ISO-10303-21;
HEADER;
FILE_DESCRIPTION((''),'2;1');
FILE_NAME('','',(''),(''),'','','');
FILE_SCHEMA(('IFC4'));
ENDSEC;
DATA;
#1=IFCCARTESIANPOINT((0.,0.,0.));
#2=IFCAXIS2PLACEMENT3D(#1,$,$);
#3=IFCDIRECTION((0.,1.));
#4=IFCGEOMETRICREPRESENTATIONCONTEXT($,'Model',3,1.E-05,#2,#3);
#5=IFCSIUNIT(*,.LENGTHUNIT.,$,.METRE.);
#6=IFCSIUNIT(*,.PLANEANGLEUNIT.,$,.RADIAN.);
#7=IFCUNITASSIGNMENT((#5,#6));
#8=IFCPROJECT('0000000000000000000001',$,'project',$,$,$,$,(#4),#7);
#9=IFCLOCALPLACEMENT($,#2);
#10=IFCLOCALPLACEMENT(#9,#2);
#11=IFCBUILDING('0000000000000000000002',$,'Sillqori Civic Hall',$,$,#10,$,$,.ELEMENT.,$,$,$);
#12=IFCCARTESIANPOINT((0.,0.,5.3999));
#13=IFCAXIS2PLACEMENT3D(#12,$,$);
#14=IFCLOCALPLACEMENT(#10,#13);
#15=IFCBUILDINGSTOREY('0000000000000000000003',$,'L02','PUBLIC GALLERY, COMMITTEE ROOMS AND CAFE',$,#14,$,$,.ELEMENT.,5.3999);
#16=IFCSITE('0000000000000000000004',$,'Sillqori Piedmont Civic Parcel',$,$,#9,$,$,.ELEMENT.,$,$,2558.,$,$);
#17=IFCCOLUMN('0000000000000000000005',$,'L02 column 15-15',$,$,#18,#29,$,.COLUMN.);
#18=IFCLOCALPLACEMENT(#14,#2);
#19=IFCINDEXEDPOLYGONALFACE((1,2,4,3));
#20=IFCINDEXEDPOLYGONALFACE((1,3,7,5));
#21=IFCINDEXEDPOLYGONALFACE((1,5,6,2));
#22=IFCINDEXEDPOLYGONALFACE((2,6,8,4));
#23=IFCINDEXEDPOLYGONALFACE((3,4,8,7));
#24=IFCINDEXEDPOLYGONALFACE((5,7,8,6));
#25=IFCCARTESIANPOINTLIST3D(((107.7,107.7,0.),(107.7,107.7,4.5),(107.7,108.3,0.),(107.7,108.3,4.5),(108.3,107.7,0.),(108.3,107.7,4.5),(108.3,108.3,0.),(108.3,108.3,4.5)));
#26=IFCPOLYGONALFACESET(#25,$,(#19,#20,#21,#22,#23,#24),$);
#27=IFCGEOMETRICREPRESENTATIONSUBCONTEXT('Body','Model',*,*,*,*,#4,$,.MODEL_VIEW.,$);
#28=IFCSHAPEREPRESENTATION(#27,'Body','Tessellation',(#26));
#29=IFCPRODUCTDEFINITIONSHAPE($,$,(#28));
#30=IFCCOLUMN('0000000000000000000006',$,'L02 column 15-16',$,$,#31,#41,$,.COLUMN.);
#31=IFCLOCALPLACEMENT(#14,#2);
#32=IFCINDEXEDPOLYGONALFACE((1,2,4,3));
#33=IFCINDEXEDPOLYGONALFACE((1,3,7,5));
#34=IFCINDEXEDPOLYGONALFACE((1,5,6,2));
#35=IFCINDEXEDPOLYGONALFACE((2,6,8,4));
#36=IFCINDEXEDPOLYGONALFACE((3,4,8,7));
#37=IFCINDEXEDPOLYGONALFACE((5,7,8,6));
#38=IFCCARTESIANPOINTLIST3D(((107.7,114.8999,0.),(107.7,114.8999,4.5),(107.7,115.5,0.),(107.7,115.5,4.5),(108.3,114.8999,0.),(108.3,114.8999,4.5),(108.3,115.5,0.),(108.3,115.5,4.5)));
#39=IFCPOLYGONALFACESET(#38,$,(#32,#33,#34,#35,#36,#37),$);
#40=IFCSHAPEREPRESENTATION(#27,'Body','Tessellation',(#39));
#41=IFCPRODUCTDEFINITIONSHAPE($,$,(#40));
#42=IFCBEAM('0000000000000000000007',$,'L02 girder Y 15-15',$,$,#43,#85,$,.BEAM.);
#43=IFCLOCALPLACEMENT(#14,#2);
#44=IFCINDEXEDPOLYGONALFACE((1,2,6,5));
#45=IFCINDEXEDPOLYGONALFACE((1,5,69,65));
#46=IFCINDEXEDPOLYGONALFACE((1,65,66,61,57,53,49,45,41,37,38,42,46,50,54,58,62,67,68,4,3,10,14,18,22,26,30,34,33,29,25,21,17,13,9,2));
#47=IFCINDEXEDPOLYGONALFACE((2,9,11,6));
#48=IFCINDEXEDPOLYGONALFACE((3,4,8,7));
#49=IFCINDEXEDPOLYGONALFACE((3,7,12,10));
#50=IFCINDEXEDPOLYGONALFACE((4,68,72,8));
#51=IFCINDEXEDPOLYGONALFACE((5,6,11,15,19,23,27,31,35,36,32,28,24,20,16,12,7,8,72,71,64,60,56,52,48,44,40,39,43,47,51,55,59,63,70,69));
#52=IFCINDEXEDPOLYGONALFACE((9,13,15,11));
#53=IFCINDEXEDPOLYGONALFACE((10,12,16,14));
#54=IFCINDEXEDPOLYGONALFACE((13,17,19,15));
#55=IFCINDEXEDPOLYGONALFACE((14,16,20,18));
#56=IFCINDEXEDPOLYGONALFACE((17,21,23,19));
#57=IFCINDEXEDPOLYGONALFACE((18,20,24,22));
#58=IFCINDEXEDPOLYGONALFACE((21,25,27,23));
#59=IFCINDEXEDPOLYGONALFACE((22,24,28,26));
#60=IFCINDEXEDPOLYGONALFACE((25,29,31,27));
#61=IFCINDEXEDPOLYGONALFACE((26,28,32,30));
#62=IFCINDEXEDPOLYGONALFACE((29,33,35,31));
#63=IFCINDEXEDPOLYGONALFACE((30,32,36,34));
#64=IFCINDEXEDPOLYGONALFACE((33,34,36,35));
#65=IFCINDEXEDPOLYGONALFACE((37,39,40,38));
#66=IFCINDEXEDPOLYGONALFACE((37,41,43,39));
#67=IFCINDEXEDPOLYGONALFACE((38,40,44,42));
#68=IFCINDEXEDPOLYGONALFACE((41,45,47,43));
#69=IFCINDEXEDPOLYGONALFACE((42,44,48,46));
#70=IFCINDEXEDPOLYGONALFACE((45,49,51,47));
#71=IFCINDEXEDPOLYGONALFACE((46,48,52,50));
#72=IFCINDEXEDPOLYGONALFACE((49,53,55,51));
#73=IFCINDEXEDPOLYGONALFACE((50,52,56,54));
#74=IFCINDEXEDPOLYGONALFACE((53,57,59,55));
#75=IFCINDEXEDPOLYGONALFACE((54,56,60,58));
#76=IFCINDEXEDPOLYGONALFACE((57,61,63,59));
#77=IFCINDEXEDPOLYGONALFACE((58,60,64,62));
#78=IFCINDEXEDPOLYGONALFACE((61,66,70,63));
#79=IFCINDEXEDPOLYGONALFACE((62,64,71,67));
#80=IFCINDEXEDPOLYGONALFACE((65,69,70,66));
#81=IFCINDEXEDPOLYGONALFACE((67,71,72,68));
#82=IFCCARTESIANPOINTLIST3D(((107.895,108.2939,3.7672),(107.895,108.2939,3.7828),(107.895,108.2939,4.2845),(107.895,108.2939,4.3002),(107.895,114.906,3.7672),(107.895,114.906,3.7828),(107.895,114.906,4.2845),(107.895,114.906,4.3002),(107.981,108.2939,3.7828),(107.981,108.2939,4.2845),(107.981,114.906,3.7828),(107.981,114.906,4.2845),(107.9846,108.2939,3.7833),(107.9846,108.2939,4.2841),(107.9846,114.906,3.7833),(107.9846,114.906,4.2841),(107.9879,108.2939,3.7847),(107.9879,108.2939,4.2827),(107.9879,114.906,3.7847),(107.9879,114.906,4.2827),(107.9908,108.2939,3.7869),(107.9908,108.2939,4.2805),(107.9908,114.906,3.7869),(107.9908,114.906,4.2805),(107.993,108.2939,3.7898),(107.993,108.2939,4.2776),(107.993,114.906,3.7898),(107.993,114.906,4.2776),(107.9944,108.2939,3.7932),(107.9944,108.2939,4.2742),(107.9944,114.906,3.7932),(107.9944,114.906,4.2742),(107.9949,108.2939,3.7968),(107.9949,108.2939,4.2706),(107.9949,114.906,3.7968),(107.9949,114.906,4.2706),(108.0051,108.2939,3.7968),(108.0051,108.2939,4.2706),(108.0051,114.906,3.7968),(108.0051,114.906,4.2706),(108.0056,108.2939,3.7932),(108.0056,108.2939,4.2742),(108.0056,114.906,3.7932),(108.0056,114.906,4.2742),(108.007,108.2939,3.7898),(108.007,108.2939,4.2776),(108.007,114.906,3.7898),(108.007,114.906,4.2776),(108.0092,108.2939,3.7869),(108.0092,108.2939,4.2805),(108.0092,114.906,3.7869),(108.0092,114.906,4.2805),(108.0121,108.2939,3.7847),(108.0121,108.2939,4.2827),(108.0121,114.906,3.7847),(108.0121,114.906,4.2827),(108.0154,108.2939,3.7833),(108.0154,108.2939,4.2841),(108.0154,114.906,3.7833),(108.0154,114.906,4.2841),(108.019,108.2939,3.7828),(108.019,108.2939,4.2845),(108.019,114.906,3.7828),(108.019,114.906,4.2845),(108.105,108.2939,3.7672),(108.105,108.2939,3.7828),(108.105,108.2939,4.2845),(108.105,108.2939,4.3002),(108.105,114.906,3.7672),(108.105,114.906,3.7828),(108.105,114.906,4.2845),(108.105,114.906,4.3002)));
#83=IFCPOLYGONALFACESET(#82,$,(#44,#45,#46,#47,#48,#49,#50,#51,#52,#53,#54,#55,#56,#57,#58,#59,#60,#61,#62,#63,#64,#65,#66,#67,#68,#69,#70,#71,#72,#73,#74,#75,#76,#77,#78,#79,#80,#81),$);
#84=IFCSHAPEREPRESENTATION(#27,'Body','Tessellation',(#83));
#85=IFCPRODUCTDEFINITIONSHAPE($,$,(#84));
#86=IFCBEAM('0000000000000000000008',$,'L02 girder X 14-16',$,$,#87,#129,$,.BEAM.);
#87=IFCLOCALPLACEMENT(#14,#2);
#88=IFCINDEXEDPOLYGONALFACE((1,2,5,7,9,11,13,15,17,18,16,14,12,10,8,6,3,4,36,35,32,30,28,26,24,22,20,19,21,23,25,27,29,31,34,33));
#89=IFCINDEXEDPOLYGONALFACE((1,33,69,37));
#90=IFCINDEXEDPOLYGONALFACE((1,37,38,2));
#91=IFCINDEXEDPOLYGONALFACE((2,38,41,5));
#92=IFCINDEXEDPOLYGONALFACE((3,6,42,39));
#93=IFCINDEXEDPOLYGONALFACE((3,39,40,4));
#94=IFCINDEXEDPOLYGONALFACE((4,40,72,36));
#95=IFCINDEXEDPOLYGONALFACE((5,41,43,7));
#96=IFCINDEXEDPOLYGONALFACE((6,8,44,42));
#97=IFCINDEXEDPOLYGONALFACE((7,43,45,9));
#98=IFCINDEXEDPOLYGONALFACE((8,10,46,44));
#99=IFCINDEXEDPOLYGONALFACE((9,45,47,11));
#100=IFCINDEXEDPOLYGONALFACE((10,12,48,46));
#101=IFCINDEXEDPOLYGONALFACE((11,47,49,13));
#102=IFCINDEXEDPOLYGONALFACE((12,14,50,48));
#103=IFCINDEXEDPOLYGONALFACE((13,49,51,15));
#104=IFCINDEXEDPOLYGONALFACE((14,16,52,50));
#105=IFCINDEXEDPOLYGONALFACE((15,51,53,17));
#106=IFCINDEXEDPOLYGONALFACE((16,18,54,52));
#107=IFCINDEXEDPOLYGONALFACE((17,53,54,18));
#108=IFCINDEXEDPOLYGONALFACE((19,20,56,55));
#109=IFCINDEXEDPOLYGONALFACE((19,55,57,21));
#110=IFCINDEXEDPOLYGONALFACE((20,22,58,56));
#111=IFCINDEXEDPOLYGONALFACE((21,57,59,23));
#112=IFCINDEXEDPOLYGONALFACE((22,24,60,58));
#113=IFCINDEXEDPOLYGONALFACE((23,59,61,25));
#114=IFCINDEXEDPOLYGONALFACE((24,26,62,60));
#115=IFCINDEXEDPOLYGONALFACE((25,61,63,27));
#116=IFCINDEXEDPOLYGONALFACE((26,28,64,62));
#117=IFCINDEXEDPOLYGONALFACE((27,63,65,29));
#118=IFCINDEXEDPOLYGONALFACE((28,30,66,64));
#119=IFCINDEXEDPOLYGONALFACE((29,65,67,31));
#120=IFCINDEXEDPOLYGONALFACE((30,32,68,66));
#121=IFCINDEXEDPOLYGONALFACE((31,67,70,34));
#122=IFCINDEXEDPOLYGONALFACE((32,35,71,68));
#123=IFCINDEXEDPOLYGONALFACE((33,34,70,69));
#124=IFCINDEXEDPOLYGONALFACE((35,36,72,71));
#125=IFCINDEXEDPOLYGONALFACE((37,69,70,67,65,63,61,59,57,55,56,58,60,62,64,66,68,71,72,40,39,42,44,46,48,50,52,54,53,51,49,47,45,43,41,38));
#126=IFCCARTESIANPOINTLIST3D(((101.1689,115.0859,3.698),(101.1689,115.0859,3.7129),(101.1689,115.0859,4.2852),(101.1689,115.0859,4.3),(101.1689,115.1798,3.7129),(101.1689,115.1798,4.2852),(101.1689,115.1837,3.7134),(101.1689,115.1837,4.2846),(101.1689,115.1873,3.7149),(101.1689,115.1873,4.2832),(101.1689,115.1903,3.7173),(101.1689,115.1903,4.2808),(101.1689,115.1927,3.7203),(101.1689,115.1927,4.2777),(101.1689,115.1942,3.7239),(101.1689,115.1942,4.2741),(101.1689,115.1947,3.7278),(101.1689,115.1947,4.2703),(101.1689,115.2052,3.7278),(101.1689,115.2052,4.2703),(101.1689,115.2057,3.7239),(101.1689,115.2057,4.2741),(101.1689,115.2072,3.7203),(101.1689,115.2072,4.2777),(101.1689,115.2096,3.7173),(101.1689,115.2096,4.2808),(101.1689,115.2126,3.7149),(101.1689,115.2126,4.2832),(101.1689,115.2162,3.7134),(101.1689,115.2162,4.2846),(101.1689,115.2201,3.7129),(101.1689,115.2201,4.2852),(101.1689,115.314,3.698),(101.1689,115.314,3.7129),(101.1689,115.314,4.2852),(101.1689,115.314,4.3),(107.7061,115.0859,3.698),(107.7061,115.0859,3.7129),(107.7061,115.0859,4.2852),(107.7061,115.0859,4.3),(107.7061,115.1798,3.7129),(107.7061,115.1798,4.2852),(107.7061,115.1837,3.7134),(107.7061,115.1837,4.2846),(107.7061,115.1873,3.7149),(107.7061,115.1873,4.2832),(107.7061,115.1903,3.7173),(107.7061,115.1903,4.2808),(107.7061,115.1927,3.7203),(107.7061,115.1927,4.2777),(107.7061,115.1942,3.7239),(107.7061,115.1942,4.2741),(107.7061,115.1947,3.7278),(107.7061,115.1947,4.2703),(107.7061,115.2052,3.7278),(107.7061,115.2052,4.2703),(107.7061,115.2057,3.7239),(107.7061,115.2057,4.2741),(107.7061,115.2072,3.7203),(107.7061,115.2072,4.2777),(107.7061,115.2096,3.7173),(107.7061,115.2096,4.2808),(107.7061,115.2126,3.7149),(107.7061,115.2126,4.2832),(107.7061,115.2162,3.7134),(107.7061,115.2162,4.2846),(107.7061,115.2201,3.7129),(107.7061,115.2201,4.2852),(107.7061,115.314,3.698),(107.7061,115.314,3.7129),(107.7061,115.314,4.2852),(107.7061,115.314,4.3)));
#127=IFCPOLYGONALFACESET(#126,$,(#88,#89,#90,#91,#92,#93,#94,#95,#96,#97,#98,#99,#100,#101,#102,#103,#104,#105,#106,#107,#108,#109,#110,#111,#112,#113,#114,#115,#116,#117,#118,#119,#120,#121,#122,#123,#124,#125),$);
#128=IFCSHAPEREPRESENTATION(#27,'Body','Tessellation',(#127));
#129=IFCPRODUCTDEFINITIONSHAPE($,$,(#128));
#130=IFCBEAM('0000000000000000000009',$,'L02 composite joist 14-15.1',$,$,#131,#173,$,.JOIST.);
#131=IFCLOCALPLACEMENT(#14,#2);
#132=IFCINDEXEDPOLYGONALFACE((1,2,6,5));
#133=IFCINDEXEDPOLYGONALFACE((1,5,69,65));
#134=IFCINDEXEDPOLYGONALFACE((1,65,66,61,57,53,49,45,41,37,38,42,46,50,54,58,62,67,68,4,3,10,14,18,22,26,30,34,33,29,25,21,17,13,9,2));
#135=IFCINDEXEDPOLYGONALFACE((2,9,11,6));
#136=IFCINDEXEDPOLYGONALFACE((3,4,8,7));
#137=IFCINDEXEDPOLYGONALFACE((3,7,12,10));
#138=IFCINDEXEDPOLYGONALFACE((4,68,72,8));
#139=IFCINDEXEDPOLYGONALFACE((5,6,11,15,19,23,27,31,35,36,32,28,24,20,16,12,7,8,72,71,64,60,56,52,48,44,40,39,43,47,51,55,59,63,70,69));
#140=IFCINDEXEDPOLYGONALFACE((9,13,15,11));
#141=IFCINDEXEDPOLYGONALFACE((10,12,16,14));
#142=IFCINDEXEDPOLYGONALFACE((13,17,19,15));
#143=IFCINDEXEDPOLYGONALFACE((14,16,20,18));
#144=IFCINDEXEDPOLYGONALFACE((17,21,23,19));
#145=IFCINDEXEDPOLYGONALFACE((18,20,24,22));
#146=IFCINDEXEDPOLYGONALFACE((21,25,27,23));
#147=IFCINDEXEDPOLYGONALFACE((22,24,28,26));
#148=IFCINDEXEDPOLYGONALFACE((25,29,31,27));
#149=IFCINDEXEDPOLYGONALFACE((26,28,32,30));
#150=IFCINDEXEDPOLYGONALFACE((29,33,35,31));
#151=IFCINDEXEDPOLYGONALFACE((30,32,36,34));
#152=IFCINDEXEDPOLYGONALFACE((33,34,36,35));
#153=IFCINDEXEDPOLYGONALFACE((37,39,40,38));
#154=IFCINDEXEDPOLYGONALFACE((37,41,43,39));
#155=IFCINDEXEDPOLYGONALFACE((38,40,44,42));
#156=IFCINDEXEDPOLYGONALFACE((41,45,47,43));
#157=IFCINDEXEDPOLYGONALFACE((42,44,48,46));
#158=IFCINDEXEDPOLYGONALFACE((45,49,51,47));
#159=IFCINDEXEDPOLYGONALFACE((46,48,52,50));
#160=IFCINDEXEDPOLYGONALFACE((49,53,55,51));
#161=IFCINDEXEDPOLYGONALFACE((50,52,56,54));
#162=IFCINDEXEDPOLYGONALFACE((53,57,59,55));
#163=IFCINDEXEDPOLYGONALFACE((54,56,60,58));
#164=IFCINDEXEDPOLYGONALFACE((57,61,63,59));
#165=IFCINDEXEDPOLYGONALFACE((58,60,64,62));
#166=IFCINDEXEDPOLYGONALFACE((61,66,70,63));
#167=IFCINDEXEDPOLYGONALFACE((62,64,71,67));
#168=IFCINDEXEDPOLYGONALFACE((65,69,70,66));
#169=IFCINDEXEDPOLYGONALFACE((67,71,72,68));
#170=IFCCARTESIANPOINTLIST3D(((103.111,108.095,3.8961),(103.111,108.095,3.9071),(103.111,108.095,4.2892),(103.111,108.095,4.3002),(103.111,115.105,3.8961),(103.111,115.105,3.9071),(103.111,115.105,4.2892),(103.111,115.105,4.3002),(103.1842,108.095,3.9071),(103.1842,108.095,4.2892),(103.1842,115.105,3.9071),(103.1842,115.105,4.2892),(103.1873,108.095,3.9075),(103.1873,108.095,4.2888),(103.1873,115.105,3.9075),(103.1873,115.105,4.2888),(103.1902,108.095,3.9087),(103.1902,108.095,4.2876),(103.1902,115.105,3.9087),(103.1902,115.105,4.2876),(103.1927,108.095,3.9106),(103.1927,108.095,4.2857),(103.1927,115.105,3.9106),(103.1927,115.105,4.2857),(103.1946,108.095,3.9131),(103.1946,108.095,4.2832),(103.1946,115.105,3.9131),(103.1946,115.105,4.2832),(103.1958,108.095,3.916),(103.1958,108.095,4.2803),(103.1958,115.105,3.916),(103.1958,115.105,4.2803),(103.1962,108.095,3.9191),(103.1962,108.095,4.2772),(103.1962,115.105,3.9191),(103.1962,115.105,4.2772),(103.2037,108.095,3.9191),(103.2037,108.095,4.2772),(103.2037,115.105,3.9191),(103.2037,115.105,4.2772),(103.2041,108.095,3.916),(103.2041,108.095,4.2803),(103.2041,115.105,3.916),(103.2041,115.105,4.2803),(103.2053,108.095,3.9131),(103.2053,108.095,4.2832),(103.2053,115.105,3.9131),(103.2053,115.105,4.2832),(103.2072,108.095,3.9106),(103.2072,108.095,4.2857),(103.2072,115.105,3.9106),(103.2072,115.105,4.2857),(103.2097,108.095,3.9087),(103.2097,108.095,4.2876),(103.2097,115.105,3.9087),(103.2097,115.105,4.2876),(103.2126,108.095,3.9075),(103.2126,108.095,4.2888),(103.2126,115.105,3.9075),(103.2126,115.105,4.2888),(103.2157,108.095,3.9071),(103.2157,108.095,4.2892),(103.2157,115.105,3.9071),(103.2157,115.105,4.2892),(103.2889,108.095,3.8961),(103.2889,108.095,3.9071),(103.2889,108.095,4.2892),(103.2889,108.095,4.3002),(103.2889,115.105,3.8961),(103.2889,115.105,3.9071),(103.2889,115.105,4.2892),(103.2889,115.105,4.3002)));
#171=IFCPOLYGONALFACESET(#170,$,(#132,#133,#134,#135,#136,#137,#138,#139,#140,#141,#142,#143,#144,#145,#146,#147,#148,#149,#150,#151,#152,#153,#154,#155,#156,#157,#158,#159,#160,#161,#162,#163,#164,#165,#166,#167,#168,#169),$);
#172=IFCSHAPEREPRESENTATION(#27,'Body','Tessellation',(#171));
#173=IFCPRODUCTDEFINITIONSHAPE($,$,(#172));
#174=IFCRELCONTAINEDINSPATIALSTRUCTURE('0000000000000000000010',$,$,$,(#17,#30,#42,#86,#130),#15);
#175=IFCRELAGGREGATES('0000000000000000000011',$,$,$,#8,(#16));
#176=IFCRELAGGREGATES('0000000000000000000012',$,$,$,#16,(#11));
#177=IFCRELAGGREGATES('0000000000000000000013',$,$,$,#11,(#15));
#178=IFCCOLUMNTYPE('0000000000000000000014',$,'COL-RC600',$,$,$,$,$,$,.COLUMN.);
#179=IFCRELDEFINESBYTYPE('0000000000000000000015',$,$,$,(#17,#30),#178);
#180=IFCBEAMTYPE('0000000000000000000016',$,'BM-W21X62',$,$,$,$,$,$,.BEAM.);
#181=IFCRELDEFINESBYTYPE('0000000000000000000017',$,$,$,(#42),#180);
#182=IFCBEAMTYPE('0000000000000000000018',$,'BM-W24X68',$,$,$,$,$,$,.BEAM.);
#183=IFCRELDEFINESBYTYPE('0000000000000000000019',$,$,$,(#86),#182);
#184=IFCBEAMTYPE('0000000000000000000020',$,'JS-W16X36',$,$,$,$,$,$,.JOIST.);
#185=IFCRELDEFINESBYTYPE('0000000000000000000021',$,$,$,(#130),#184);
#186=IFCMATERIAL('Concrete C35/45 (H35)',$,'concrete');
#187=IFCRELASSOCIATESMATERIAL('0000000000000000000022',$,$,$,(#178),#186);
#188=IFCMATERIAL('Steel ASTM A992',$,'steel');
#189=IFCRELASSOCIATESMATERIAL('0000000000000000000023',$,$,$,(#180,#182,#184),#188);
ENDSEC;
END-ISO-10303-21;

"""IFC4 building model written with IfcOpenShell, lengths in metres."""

from ifc_helpers import new_model, si_unit, direction, frame, origin, origin_2d, place, context, subcontext, project, spatial, rectangle, i_section, extrude, material, material_profile, profile_set, type_object, element, save


model = new_model("IFC4")

# Units and contexts
model_context = context("Model", 3, precision=1e-05, world=origin(), true_north=direction((0.0, 1.0)))
body_context = subcontext(model_context, "Body", "Model", "MODEL_VIEW")
ifc_project = project(units=[si_unit("LENGTHUNIT", "METRE"), si_unit("PLANEANGLEUNIT", "RADIAN")], contexts=[model_context])

# Site, building, storey
site_placement = place(None, origin())
site = spatial("IfcSite", under=ifc_project, at=site_placement, Name="Sillqori Piedmont Civic Parcel", CompositionType="ELEMENT", RefElevation=2558.0)
building_placement = place(site_placement, origin())
building = spatial("IfcBuilding", under=site, at=building_placement, Name="Sillqori Civic Hall", CompositionType="ELEMENT")
storey_placement = place(building_placement, frame((0.0, 0.0, 5.3999)))
storey = spatial("IfcBuildingStorey", under=building, at=storey_placement, Name="L02", Description="PUBLIC GALLERY, COMMITTEE ROOMS AND CAFE", CompositionType="ELEMENT", Elevation=5.3999)

# Columns
ifc_material_1 = material(Name="Concrete C35/45 (H35)", Category="concrete")
ifc_material_profile_1 = material_profile(ifc_material_1, rectangle(XDim=0.6001, YDim=0.6001, at=origin_2d()), Name="RC 600x600")
ifc_profile_set_1 = profile_set([ifc_material_profile_1], Name="Concrete C35/45 (H35)")
column_type = type_object("IfcColumnType", Name="COL-RC600", PredefinedType="COLUMN", material=ifc_profile_set_1)
for number, where, z_axis, x_axis, name in (
    (1, (108.0, 108.0, 0.0), (0.0, 0.0, 1.0), (1.0, 0.0, 0.0), "L02 column 15-15"),
    (2, (108.0, 115.2, 0.0), (0.0, 0.0, 1.0), (1.0, 0.0, 0.0), "L02 column 15-16"),
):
    element("IfcColumn", number, at=place(storey_placement, frame(where, z_axis=z_axis, x_axis=x_axis)), inside=storey, type_object=column_type, Name=name, PredefinedType="COLUMN", context=body_context, shape_type="SweptSolid", body=[
        extrude(rectangle(XDim=0.6001, YDim=0.6001, at=origin_2d()), origin(), (0.0, 0.0, 1.0), 4.5),
    ])

# Beams
ifc_material_2 = material(Name="Steel ASTM A992", Category="steel")
ifc_material_profile_2 = material_profile(ifc_material_2, i_section(OverallWidth=0.21, OverallDepth=0.533, WebThickness=0.0103, FlangeThickness=0.0156, FilletRadius=0.0139, at=origin_2d()), Name="W21X62")
ifc_profile_set_2 = profile_set([ifc_material_profile_2], Name="Steel ASTM A992")
beam_type_1 = type_object("IfcBeamType", Name="BM-W21X62", PredefinedType="BEAM", material=ifc_profile_set_2)
beam_1_placement = place(storey_placement, frame((108.0, 108.2939, 4.0337), z_axis=(0.0, 1.0, 0.0), x_axis=(-1.0, 0.0, 0.0)))
element("IfcBeam", 3, at=beam_1_placement, inside=storey, type_object=beam_type_1, Name="L02 girder Y 15-15", PredefinedType="BEAM", context=body_context, shape_type="SweptSolid", body=[
    extrude(i_section(OverallWidth=0.21, OverallDepth=0.533, WebThickness=0.0103, FlangeThickness=0.0156, FilletRadius=0.0139, at=origin_2d()), origin(), (0.0, 0.0, 1.0), 6.6121),
])
ifc_material_profile_3 = material_profile(ifc_material_2, i_section(OverallWidth=0.228, OverallDepth=0.6021, WebThickness=0.0105, FlangeThickness=0.0149, FilletRadius=0.0149, at=origin_2d()), Name="W24X68")
ifc_profile_set_3 = profile_set([ifc_material_profile_3], Name="Steel ASTM A992")
beam_type_2 = type_object("IfcBeamType", Name="BM-W24X68", PredefinedType="BEAM", material=ifc_profile_set_3)
beam_2_placement = place(storey_placement, frame((101.1689, 115.2, 3.999), z_axis=(1.0, 0.0, 0.0), x_axis=(0.0, 1.0, 0.0)))
element("IfcBeam", 4, at=beam_2_placement, inside=storey, type_object=beam_type_2, Name="L02 girder X 14-16", PredefinedType="BEAM", context=body_context, shape_type="SweptSolid", body=[
    extrude(i_section(OverallWidth=0.228, OverallDepth=0.6021, WebThickness=0.0105, FlangeThickness=0.0149, FilletRadius=0.0149, at=origin_2d()), origin(), (0.0, 0.0, 1.0), 6.5371),
])
ifc_material_profile_4 = material_profile(ifc_material_2, i_section(OverallWidth=0.178, OverallDepth=0.4041, WebThickness=0.0076, FlangeThickness=0.011, FilletRadius=0.012, at=origin_2d()), Name="W16X36")
ifc_profile_set_4 = profile_set([ifc_material_profile_4], Name="Steel ASTM A992")
beam_type_3 = type_object("IfcBeamType", Name="JS-W16X36", PredefinedType="JOIST", material=ifc_profile_set_4)
for number, where, z_axis, x_axis, name in (
    (5, (103.2, 108.095, 4.0981), (0.0, 1.0, 0.0), (-1.0, 0.0, 0.0), "L02 composite joist 14-15.1"),
):
    element("IfcBeam", number, at=place(storey_placement, frame(where, z_axis=z_axis, x_axis=x_axis)), inside=storey, type_object=beam_type_3, Name=name, PredefinedType="JOIST", context=body_context, shape_type="SweptSolid", body=[
        extrude(i_section(OverallWidth=0.178, OverallDepth=0.4041, WebThickness=0.0076, FlangeThickness=0.011, FilletRadius=0.012, at=origin_2d()), origin(), (0.0, 0.0, 1.0), 7.01),
    ])

save(model, "model.ifc")
